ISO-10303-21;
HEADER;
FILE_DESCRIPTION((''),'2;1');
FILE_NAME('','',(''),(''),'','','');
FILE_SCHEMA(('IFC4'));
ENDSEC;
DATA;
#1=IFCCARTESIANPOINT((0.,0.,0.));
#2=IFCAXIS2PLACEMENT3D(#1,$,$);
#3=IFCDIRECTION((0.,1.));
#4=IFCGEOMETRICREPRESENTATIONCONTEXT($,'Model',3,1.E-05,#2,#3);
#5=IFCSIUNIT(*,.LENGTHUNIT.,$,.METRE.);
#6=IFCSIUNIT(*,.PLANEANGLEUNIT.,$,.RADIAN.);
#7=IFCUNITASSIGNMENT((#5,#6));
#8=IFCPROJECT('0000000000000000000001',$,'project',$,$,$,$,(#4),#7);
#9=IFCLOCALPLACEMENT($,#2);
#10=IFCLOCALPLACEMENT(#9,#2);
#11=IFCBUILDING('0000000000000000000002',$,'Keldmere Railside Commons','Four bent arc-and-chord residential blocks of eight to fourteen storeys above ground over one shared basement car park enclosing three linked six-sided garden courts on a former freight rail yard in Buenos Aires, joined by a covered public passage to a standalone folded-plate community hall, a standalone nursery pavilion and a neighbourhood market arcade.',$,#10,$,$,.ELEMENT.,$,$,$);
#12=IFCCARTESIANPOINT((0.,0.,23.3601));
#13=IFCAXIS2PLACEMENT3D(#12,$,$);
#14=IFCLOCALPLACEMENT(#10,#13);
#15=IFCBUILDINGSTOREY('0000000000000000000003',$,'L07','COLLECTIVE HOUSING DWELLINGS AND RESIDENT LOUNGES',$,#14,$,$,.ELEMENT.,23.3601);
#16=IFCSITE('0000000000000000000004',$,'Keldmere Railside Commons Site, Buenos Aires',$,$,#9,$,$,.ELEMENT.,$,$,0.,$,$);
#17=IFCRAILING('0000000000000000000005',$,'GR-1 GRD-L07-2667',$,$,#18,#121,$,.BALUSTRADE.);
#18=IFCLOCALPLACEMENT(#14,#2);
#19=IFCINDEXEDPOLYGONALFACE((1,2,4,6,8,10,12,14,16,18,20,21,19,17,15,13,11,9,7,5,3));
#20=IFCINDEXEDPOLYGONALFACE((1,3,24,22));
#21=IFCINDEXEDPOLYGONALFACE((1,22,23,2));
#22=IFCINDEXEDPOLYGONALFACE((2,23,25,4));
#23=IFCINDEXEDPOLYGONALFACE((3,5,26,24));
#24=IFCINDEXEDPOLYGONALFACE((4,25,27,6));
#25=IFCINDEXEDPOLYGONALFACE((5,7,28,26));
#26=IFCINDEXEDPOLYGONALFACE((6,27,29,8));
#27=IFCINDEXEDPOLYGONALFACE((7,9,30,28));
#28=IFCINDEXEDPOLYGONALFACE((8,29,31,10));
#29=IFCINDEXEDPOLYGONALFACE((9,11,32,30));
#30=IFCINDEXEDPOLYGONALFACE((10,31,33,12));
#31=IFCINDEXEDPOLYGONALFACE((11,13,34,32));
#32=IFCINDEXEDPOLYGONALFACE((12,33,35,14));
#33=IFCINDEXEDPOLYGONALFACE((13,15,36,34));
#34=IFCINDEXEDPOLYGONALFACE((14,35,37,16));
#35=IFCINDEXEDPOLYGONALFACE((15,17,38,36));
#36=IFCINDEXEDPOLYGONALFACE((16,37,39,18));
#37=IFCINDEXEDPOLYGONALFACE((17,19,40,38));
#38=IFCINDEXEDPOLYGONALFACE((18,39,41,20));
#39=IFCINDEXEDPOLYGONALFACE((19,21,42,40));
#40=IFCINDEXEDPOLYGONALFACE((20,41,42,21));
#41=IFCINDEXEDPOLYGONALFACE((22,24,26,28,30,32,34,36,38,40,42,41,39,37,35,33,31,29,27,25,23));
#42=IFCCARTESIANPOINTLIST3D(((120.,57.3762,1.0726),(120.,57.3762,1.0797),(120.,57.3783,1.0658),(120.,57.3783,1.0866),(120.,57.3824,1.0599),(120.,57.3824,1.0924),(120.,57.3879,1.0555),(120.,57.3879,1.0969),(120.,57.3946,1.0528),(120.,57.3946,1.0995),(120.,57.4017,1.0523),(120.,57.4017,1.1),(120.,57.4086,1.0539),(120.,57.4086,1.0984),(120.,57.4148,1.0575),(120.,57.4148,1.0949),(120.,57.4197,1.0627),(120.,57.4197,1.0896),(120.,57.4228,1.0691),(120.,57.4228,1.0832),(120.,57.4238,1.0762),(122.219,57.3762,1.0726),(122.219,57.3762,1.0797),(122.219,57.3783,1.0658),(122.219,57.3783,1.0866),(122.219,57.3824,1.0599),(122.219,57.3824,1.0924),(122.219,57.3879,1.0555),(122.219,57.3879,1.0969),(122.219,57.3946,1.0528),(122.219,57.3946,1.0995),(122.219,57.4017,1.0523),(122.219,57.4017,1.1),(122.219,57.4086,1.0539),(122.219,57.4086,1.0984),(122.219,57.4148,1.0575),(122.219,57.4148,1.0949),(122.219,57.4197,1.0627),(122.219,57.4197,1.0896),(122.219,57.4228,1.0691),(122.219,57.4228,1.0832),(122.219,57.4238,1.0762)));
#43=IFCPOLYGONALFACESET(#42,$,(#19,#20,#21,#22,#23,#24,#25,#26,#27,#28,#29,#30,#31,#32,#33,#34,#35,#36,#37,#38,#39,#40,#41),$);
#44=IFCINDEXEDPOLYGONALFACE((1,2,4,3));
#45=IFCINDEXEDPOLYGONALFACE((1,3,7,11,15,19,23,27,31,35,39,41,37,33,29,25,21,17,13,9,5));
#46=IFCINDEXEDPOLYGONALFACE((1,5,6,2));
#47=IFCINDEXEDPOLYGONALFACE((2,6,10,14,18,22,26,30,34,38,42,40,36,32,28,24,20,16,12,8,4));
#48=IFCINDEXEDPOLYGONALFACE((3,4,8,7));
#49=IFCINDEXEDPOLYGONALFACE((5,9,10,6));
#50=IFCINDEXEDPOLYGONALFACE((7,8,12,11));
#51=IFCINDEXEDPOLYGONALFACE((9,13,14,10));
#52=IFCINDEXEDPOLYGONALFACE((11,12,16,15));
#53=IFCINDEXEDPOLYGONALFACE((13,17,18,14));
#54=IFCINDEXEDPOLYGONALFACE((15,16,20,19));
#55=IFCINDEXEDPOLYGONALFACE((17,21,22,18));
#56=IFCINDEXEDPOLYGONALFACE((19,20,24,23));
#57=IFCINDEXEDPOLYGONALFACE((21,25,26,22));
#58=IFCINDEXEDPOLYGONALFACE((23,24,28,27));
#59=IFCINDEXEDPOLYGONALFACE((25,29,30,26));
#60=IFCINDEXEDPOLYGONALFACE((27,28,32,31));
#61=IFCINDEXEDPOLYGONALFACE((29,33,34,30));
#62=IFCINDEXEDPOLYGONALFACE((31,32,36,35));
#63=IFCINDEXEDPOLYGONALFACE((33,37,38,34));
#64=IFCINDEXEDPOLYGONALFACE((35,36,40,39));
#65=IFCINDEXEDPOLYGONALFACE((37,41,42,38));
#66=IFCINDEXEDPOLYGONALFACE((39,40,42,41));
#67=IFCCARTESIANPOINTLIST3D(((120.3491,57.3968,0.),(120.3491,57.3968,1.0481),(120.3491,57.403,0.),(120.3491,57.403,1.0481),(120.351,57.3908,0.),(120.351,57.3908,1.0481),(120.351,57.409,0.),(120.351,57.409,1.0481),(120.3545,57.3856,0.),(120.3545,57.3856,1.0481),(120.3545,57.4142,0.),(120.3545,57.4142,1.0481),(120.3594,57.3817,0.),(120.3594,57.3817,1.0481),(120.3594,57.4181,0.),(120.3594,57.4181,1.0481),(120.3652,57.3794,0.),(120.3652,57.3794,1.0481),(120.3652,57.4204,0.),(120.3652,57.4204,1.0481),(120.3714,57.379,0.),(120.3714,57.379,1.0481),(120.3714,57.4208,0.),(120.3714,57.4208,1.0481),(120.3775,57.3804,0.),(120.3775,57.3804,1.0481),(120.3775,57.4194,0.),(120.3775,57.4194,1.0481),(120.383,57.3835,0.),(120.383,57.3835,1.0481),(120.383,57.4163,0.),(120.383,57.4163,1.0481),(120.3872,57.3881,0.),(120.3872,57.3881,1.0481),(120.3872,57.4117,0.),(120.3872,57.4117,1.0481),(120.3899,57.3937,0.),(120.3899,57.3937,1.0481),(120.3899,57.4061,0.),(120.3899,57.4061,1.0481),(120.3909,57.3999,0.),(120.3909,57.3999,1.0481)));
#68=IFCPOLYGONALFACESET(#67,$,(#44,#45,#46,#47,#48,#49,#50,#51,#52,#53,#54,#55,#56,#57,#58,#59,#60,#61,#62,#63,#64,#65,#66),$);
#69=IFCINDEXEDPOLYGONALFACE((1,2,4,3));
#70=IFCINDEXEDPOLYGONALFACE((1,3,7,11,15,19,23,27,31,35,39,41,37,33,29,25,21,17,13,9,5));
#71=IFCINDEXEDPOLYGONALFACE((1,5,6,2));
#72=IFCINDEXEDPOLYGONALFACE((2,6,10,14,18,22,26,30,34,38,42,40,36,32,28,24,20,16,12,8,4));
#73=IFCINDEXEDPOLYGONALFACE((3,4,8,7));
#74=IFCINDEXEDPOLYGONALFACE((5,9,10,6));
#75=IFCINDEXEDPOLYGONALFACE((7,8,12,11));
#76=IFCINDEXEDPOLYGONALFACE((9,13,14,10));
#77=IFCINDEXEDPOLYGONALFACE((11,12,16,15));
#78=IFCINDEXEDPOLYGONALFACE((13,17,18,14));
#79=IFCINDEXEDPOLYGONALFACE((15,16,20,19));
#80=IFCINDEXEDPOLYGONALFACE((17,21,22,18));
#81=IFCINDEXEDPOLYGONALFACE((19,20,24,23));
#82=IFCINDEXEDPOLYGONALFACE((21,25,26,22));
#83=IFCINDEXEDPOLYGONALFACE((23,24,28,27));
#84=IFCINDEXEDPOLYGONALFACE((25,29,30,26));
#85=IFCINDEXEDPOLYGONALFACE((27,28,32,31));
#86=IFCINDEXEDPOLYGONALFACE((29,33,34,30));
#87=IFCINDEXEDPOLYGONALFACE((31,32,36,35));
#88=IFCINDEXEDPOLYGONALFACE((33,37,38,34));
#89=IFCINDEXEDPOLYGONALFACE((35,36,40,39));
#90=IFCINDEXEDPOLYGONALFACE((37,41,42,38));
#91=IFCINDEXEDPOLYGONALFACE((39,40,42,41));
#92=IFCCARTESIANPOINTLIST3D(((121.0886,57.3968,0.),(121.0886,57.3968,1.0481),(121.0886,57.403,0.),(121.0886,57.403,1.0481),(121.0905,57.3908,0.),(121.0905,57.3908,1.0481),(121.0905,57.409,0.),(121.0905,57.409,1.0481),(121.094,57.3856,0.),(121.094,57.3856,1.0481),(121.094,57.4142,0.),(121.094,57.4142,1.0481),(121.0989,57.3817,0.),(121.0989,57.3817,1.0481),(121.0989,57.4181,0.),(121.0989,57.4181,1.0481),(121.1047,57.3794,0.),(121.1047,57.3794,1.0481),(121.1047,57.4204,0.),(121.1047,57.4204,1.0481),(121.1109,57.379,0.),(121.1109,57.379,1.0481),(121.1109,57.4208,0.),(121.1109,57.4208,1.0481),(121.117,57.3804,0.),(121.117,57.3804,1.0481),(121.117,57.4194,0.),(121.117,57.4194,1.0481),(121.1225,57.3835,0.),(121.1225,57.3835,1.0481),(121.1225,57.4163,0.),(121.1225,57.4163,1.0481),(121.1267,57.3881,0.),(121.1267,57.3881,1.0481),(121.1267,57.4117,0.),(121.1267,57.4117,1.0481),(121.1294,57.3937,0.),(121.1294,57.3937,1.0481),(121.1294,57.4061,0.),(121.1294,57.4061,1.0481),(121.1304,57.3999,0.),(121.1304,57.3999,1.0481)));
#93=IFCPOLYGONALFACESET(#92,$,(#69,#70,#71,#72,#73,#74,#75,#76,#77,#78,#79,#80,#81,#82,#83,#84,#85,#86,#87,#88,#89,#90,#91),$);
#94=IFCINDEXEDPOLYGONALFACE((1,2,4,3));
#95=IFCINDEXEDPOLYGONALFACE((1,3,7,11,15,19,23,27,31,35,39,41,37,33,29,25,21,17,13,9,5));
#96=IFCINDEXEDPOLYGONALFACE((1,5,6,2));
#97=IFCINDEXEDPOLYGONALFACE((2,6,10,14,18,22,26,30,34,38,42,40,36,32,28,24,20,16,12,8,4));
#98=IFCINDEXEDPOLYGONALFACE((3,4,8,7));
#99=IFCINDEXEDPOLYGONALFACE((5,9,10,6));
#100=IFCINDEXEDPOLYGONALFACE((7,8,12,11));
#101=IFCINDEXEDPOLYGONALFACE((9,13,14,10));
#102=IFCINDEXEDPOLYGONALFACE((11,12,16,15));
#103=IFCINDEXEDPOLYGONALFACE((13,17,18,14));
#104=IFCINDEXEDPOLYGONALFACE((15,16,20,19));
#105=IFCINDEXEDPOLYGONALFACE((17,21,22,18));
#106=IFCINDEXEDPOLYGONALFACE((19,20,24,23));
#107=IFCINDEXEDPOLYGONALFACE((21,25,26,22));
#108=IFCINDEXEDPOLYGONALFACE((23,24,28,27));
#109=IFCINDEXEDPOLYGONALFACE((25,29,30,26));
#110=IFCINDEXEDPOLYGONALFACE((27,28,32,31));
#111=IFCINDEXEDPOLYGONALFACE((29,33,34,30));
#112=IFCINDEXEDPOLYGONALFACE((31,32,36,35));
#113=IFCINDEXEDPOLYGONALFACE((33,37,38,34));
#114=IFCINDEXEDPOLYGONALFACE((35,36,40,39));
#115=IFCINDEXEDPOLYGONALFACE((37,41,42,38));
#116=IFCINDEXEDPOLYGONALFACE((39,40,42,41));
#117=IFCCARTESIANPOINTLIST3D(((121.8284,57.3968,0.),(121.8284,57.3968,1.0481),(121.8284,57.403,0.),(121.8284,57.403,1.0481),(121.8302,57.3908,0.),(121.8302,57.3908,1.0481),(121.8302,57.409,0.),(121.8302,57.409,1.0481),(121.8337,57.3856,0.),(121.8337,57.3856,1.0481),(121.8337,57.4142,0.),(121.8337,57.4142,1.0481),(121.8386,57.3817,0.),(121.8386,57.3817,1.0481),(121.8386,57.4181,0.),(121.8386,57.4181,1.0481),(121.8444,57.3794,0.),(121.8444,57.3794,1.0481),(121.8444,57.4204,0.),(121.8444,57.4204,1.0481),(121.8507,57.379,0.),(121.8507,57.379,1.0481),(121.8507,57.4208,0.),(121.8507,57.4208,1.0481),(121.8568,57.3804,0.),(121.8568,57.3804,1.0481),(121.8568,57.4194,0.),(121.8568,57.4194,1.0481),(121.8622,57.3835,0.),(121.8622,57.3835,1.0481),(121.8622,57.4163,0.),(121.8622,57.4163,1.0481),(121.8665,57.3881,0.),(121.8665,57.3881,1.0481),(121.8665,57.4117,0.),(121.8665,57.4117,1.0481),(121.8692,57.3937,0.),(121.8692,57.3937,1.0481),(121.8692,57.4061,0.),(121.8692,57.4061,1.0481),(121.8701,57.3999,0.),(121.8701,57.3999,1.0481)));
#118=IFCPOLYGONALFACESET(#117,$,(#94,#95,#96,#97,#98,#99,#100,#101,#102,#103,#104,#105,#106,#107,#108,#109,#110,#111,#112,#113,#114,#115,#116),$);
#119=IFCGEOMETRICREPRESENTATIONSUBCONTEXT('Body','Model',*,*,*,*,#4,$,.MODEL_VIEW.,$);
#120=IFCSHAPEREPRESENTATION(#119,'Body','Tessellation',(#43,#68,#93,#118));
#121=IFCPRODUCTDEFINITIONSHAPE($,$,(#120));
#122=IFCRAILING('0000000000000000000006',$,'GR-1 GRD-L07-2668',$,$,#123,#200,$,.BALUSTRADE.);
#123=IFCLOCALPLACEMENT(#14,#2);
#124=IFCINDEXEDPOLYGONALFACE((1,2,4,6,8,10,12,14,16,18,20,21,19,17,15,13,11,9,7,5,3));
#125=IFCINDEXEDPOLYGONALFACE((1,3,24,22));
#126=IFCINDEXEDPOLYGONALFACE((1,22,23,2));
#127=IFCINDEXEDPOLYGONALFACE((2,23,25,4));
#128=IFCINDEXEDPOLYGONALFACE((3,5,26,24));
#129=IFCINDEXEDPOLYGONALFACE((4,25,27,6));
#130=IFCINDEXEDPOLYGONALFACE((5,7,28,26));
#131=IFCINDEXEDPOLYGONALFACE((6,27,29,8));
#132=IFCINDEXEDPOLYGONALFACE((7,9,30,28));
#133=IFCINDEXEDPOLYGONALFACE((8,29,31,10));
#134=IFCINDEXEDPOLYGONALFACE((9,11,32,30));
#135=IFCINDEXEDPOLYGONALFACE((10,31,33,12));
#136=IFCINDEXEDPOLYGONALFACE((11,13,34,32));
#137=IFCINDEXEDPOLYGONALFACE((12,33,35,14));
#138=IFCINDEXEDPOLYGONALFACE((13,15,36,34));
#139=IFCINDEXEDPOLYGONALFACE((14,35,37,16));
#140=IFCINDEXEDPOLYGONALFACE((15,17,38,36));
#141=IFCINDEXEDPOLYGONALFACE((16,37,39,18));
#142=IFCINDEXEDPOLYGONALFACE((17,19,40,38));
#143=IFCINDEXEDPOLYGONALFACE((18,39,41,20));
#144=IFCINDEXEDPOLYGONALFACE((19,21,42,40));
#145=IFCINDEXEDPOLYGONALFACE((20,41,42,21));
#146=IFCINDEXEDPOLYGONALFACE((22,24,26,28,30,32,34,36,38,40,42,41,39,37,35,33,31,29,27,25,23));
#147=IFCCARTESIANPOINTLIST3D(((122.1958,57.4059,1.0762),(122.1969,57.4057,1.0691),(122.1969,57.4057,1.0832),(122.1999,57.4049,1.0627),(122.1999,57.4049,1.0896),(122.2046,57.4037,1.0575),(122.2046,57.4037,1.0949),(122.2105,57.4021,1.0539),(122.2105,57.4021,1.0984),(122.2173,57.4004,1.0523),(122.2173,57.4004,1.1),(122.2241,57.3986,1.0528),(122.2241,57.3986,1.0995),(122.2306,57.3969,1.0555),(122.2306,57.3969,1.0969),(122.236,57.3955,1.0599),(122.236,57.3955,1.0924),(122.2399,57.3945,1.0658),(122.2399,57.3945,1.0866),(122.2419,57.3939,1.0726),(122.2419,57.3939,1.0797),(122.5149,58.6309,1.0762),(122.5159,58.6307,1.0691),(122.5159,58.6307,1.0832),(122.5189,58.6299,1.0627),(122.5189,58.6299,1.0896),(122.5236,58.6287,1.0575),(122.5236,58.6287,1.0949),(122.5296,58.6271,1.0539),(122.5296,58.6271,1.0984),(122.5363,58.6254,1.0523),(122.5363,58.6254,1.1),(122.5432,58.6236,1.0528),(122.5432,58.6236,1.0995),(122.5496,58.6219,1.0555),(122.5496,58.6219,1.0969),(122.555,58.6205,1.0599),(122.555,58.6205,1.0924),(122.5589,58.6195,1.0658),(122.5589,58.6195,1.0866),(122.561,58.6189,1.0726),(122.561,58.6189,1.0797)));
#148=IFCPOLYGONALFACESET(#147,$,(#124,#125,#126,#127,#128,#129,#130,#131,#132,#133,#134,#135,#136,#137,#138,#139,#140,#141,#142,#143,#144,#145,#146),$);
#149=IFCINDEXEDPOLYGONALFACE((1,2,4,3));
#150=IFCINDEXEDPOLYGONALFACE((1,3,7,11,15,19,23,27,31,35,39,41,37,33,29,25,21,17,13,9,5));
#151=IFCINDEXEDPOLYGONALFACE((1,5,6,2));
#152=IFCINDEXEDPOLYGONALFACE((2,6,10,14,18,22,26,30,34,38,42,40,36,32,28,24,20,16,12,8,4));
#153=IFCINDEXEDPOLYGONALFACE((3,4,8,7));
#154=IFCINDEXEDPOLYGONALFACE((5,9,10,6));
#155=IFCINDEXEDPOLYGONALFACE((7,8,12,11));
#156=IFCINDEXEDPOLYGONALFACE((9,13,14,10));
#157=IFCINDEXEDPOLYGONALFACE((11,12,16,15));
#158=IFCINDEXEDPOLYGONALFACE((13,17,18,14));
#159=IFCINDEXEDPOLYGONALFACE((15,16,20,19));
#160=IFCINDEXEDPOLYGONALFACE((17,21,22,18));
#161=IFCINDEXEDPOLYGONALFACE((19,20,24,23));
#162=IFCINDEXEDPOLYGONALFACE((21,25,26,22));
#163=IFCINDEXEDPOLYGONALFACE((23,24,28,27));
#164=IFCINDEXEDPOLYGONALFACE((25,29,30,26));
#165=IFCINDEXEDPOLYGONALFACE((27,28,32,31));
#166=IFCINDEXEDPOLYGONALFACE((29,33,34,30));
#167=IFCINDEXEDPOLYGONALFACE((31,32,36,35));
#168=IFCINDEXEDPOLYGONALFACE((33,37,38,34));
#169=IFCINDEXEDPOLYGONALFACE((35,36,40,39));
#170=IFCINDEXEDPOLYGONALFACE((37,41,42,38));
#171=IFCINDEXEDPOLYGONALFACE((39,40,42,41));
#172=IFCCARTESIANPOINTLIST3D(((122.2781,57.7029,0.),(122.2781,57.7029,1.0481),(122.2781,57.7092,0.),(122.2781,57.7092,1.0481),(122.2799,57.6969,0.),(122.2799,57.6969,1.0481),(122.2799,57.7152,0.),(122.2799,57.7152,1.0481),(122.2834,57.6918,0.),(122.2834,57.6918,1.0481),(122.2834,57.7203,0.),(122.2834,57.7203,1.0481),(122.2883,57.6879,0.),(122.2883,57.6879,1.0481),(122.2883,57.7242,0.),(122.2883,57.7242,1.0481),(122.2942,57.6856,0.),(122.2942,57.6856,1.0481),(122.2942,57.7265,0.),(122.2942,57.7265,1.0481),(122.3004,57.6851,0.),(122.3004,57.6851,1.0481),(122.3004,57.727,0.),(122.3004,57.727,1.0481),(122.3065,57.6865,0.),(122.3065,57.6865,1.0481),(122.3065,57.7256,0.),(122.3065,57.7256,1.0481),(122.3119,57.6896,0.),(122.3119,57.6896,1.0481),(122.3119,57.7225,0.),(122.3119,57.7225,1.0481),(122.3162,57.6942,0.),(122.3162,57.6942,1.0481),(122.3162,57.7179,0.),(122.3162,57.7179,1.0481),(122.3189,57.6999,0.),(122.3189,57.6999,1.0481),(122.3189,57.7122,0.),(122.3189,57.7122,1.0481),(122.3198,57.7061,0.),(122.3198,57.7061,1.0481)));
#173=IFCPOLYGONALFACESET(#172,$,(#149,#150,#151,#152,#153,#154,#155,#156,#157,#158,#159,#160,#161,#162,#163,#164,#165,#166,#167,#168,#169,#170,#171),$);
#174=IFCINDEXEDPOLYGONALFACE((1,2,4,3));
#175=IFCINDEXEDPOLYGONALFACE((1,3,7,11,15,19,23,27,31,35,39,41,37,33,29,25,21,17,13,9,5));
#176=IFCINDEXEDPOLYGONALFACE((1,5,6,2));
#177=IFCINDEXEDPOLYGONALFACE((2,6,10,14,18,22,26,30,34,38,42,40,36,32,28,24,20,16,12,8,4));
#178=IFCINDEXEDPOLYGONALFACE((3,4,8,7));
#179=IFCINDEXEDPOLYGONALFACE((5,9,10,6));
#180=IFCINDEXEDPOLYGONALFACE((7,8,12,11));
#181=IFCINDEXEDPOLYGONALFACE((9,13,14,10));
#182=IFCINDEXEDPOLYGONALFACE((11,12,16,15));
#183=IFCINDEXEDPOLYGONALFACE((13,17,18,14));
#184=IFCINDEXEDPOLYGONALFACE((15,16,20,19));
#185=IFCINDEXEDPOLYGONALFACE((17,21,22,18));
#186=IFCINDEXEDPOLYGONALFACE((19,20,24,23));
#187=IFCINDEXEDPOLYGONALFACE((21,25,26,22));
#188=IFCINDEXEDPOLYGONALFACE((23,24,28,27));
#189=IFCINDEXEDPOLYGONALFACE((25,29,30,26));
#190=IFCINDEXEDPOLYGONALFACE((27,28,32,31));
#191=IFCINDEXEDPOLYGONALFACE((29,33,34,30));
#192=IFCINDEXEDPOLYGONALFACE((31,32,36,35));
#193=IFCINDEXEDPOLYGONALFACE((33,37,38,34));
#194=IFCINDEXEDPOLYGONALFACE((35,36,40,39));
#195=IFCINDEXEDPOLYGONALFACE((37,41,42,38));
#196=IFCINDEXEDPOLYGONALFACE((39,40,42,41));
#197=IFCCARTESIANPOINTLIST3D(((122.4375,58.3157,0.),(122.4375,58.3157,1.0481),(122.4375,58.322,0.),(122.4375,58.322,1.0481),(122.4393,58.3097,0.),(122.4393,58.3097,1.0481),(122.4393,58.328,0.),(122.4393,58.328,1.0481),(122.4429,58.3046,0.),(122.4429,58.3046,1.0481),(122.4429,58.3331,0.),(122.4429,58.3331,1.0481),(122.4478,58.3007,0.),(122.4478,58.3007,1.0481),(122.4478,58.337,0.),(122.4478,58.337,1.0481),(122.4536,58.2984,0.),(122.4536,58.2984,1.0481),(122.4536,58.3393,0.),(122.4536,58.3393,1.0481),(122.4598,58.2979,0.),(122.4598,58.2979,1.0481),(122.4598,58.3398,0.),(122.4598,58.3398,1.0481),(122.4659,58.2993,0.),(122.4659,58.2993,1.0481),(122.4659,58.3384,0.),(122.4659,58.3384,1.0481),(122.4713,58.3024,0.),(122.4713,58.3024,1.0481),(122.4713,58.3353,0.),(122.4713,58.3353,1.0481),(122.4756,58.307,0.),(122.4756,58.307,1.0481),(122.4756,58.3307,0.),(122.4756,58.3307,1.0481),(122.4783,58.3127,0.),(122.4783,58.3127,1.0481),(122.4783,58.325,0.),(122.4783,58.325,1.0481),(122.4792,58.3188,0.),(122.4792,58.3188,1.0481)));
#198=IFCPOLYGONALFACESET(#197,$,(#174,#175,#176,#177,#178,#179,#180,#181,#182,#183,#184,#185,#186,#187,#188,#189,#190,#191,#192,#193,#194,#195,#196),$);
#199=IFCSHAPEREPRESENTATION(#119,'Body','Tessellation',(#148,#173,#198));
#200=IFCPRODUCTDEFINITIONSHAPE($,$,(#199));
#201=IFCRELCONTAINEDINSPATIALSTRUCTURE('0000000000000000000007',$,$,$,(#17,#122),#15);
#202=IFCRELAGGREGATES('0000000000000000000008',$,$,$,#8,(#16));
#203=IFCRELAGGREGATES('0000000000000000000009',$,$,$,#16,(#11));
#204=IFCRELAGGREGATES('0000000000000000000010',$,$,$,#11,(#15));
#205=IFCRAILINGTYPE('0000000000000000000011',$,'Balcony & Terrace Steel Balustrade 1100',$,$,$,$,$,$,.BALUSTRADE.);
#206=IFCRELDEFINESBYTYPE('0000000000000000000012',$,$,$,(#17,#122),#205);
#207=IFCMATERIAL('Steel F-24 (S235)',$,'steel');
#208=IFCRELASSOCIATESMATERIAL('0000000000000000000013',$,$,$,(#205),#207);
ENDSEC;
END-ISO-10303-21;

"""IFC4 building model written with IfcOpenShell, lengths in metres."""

from ifc_helpers import new_model, si_unit, direction, frame, origin, origin_2d, place, context, subcontext, project, spatial, circle, extrude, material, type_object, element, save


model = new_model("IFC4")

# Units and contexts
model_context = context("Model", 3, precision=1e-05, world=origin(), true_north=direction((0.0, 1.0)))
body_context = subcontext(model_context, "Body", "Model", "MODEL_VIEW")
ifc_project = project(units=[si_unit("LENGTHUNIT", "METRE"), si_unit("PLANEANGLEUNIT", "RADIAN")], contexts=[model_context])

# Site, building, storey
site_placement = place(None, origin())
site = spatial("IfcSite", under=ifc_project, at=site_placement, Name="Keldmere Railside Commons Site, Buenos Aires", CompositionType="ELEMENT", RefElevation=0.0)
building_placement = place(site_placement, origin())
building = spatial("IfcBuilding", under=site, at=building_placement, Name="Keldmere Railside Commons", Description="Four bent arc-and-chord residential blocks of eight to fourteen storeys above ground over one shared basement car park enclosing three linked six-sided garden courts on a former freight rail yard in Buenos Aires, joined by a covered public passage to a standalone folded-plate community hall, a standalone nursery pavilion and a neighbourhood market arcade.", CompositionType="ELEMENT")
storey_placement = place(building_placement, frame((0.0, 0.0, 23.3601)))
storey = spatial("IfcBuildingStorey", under=building, at=storey_placement, Name="L07", Description="COLLECTIVE HOUSING DWELLINGS AND RESIDENT LOUNGES", CompositionType="ELEMENT", Elevation=23.3601)

# Railings
ifc_material_1 = material(Name="Steel F-24 (S235)", Category="steel")
railing_type = type_object("IfcRailingType", Name="Balcony & Terrace Steel Balustrade 1100", PredefinedType="BALUSTRADE", material=ifc_material_1)
railing_1_placement = place(storey_placement, frame((120.0, 57.3999, 0.0)))
element("IfcRailing", 1, at=railing_1_placement, inside=storey, type_object=railing_type, Name="GR-1 GRD-L07-2667", PredefinedType="BALUSTRADE", context=body_context, shape_type="SweptSolid", body=[
    extrude(circle(Radius=0.0239, at=origin_2d()), frame((0.0, 0.0, 1.0762), z_axis=(1.0, 0.0, 0.0), x_axis=(0.0, 1.0, 0.0)), (0.0, 0.0, 1.0), 2.219),
    extrude(circle(Radius=0.021, at=origin_2d()), frame((0.3699, 0.0, 0.0)), (0.0, 0.0, 1.0), 1.0481),
    extrude(circle(Radius=0.021, at=origin_2d()), frame((1.1094, 0.0, 0.0)), (0.0, 0.0, 1.0), 1.0481),
    extrude(circle(Radius=0.021, at=origin_2d()), frame((1.8491, 0.0, 0.0)), (0.0, 0.0, 1.0), 1.0481),
])
railing_2_placement = place(storey_placement, frame((122.219, 57.3999, 0.0)))
element("IfcRailing", 2, at=railing_2_placement, inside=storey, type_object=railing_type, Name="GR-1 GRD-L07-2668", PredefinedType="BALUSTRADE", context=body_context, shape_type="SweptSolid", body=[
    extrude(circle(Radius=0.0239, at=origin_2d()), frame((0.0, 0.0, 1.0762), z_axis=(0.252053, 0.967713, 0.0), x_axis=(-0.967713, 0.252053, 0.0)), (0.0, 0.0, 1.0), 1.2659),
    extrude(circle(Radius=0.021, at=origin_2d()), frame((0.0798, 0.3062, 0.0)), (0.0, 0.0, 1.0), 1.0481),
    extrude(circle(Radius=0.021, at=origin_2d()), frame((0.2393, 0.9189, 0.0)), (0.0, 0.0, 1.0), 1.0481),
])

save(model, "model.ifc")
